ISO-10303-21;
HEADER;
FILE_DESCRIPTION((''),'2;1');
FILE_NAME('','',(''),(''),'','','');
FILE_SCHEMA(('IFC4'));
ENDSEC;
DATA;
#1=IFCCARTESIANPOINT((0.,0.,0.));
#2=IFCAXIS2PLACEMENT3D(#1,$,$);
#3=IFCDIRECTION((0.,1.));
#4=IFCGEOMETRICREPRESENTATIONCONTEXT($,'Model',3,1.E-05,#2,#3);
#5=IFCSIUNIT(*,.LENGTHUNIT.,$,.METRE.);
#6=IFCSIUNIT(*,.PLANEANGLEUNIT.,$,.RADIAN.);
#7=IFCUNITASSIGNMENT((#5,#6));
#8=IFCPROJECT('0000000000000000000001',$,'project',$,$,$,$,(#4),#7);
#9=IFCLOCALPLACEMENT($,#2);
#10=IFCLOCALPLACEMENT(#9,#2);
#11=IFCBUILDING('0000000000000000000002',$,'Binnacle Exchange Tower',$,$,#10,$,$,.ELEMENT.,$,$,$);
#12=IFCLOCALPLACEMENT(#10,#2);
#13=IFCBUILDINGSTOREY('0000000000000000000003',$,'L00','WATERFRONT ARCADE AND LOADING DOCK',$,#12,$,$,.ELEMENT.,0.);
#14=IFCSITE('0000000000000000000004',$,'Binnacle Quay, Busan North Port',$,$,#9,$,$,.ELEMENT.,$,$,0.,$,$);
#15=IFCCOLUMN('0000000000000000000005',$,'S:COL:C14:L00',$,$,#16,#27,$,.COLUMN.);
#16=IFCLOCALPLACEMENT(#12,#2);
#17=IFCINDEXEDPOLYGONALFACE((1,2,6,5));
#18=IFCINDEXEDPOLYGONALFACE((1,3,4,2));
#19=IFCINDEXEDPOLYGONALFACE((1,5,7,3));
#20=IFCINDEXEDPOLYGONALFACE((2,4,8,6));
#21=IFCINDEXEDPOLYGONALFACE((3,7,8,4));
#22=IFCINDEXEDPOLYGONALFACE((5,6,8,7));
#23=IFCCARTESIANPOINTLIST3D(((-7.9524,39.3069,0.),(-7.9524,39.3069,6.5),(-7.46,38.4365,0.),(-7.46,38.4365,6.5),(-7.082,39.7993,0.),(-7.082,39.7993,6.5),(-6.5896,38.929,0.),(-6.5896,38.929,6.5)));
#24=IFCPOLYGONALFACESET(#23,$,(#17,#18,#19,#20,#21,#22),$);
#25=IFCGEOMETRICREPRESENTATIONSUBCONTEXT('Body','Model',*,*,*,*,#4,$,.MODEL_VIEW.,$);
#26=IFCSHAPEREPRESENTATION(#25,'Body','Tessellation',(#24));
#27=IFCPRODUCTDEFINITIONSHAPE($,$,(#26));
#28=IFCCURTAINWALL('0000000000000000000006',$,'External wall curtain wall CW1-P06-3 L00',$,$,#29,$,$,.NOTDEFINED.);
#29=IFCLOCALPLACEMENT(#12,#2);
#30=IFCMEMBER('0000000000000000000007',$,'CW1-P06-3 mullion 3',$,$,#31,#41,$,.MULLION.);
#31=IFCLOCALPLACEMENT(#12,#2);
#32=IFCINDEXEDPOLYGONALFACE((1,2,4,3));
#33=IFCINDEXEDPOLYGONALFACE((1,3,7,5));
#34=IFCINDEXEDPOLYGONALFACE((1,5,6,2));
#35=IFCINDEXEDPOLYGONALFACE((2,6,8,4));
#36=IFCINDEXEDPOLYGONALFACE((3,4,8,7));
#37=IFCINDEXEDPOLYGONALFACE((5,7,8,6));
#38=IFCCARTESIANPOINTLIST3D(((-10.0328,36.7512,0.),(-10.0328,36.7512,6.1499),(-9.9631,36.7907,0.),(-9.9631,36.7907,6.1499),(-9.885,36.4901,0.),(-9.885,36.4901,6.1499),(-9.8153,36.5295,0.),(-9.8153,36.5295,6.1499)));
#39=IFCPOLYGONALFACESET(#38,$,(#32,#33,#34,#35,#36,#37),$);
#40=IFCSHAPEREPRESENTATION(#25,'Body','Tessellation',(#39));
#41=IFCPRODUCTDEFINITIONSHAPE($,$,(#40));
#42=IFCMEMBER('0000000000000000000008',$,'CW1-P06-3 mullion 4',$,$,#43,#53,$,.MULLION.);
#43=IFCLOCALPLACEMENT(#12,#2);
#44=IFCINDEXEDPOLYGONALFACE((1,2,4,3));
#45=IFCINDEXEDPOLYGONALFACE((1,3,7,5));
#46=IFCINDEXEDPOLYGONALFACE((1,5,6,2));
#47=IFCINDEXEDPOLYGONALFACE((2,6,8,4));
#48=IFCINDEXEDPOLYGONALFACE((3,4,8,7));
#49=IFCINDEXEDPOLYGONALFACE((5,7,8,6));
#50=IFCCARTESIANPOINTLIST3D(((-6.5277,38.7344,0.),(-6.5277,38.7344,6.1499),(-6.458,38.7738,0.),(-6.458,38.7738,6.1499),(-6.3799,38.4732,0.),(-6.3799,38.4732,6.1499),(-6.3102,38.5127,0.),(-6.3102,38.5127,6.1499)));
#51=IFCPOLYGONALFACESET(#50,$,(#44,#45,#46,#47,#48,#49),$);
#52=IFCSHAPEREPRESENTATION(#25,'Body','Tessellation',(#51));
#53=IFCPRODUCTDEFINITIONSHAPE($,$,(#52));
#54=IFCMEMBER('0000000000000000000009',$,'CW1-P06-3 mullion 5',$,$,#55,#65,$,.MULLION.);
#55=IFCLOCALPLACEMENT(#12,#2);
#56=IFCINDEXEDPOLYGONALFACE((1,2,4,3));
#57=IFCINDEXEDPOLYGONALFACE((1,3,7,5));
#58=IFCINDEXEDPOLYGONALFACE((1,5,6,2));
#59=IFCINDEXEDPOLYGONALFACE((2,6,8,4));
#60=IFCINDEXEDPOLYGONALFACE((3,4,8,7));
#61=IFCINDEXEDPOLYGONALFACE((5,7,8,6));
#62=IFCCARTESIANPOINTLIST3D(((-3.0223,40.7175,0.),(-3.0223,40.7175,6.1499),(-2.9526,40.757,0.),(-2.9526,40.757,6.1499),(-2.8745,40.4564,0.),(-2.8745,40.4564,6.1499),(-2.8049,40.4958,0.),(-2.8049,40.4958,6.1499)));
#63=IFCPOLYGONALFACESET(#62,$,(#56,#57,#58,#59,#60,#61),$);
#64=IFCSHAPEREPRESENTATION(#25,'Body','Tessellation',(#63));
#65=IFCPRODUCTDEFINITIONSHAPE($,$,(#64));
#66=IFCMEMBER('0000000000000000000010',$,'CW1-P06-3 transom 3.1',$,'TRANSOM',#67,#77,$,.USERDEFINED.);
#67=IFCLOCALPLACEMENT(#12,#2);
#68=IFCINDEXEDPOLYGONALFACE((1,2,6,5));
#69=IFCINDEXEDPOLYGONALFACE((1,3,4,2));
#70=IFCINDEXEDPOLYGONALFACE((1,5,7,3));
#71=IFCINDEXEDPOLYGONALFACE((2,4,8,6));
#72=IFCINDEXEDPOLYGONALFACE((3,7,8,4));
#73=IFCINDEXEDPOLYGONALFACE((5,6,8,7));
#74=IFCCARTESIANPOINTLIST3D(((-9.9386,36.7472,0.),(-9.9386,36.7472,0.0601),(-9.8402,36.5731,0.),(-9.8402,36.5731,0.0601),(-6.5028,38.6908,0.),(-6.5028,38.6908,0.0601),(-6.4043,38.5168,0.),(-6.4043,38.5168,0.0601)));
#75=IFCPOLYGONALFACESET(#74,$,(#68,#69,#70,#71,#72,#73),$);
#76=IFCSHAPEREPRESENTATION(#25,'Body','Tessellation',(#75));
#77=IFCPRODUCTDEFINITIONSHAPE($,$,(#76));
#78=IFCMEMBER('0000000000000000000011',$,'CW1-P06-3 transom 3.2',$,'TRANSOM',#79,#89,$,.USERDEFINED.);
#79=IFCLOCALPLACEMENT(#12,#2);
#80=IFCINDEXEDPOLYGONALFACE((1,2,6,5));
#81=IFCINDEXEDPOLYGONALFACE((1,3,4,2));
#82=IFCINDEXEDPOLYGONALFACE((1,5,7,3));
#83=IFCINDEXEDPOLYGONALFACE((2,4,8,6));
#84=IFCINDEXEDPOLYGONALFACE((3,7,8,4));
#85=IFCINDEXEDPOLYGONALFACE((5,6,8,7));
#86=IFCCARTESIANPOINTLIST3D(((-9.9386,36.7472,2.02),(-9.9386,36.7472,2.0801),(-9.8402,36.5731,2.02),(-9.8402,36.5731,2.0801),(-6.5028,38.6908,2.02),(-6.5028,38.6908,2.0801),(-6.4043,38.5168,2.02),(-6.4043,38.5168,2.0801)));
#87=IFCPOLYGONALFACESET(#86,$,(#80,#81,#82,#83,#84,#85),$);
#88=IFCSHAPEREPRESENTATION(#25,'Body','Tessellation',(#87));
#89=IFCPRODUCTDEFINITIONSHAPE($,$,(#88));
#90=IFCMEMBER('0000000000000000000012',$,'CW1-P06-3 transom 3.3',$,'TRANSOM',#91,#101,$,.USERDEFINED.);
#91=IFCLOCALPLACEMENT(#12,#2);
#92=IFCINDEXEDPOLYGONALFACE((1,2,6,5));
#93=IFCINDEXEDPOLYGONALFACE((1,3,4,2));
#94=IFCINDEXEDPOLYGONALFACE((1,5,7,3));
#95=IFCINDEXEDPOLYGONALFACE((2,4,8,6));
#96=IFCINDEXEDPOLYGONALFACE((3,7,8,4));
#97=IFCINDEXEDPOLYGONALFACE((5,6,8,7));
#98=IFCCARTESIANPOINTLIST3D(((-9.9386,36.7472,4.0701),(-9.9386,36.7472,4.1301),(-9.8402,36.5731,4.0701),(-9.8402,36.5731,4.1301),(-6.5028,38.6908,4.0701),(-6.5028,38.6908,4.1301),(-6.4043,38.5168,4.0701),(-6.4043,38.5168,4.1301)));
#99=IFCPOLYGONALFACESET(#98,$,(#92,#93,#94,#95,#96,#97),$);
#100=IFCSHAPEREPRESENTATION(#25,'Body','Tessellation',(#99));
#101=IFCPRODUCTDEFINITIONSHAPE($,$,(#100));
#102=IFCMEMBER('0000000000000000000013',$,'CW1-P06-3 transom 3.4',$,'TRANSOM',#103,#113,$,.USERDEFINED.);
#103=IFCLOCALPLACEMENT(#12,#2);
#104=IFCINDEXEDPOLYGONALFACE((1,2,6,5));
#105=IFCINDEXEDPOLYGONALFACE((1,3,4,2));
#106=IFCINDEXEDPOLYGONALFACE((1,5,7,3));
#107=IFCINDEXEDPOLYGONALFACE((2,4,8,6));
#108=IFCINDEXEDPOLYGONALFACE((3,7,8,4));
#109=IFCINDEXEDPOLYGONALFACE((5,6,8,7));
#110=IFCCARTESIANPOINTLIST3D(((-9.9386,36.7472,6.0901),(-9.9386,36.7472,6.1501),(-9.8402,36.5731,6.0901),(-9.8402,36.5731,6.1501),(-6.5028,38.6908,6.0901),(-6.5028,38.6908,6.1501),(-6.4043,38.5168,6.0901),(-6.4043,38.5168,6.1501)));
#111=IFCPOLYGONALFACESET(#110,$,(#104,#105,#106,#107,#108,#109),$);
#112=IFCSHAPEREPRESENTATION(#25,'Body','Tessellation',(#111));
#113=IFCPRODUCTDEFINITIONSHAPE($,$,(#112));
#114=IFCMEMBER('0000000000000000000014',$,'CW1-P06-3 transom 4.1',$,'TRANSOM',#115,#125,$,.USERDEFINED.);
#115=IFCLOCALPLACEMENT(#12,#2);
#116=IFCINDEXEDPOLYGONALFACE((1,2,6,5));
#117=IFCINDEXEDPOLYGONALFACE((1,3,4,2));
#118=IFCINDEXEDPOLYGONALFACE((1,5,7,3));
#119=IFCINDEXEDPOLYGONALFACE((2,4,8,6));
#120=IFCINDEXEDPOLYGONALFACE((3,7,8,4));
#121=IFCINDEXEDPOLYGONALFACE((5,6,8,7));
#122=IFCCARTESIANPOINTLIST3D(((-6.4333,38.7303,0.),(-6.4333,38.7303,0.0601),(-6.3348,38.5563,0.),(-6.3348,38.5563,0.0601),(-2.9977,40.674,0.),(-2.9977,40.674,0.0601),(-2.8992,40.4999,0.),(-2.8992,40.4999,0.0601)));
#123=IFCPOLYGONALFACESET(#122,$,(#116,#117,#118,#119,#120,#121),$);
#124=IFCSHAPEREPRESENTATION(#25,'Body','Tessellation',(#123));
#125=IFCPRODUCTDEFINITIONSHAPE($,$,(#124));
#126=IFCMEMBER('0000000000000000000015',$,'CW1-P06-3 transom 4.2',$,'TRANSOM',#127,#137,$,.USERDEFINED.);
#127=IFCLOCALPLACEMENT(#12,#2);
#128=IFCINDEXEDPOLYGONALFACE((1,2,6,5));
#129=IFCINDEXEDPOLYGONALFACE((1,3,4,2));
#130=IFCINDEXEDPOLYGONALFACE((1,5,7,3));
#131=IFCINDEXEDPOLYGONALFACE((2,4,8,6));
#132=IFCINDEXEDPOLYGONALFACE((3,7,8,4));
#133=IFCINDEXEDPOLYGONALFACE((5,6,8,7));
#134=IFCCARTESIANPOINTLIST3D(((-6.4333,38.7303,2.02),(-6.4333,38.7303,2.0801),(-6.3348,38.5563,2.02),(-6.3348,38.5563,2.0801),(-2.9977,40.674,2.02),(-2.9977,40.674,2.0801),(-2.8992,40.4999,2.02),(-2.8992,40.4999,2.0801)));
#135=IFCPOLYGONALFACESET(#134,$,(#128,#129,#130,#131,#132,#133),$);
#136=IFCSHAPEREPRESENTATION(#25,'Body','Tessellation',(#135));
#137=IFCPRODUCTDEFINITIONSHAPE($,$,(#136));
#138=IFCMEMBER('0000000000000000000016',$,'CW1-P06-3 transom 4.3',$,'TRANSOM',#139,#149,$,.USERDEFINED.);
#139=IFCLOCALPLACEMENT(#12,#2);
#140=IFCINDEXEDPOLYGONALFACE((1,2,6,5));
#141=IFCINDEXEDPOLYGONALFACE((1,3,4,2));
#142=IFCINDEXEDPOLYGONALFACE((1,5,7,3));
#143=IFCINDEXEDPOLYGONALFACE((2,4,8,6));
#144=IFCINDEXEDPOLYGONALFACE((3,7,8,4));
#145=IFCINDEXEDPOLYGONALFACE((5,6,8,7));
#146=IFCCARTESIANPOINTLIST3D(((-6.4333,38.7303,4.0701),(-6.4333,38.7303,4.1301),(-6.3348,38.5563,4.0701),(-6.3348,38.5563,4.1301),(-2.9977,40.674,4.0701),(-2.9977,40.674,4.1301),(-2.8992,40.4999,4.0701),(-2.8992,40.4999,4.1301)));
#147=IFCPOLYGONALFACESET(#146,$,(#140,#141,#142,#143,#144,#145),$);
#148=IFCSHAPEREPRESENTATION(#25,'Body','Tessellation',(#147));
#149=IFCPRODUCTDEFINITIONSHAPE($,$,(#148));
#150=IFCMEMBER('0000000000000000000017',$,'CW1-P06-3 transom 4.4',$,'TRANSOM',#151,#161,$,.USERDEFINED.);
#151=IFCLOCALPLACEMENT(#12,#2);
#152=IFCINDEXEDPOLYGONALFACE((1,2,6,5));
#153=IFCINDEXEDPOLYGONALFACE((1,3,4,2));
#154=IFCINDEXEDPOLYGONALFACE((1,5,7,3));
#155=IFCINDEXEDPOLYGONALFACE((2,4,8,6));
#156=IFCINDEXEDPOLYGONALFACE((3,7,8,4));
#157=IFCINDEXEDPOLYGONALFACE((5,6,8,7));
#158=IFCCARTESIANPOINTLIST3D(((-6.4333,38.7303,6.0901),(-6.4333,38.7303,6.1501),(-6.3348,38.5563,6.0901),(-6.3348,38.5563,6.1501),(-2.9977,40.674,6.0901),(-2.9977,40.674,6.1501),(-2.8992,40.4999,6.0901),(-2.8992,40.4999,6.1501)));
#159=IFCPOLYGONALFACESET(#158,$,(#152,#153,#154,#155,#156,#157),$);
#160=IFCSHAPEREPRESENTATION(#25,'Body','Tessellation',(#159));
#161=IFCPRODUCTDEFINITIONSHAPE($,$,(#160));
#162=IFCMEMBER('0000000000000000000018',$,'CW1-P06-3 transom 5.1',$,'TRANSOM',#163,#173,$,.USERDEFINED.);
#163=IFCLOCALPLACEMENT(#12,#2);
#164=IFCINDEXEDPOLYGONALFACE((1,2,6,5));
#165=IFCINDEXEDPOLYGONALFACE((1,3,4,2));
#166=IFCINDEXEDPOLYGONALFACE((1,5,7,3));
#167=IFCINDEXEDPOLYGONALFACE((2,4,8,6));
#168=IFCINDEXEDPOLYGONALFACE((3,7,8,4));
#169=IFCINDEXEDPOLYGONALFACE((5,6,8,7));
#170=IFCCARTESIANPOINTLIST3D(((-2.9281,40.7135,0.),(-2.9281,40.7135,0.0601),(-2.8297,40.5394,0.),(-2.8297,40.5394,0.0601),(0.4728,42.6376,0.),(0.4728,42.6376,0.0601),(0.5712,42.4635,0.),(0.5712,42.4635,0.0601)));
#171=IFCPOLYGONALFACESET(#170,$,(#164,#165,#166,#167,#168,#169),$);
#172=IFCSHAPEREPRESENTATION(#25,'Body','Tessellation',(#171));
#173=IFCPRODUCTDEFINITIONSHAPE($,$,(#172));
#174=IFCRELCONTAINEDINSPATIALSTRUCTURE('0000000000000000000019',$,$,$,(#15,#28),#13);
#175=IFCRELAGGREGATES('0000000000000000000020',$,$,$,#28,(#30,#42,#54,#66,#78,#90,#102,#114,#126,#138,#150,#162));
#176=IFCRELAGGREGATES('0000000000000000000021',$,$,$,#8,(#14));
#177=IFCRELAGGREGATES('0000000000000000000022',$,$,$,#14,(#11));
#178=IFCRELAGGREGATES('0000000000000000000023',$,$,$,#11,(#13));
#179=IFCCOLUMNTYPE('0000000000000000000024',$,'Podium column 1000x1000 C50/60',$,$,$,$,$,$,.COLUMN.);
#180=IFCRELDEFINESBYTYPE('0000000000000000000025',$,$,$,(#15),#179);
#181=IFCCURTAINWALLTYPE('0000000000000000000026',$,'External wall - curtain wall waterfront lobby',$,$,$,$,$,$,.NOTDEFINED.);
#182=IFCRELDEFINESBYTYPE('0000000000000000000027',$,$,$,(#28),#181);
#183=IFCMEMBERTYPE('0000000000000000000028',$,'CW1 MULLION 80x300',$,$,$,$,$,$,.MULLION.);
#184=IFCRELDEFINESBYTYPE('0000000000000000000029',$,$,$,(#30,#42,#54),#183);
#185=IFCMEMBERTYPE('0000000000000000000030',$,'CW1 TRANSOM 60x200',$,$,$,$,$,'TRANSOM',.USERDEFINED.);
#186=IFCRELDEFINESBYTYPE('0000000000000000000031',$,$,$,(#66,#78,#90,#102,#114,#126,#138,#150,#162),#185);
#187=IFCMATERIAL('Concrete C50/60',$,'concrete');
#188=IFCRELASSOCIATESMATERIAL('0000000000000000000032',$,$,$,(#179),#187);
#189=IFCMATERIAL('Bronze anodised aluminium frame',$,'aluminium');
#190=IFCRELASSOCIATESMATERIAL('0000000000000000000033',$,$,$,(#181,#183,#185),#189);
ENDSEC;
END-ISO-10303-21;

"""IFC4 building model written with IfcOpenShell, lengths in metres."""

from ifc_helpers import new_model, si_unit, direction, frame, origin, origin_2d, place, context, subcontext, project, spatial, rectangle, extrude, material, material_profile, profile_set, type_object, element, aggregate, save


model = new_model("IFC4")

# Units and contexts
model_context = context("Model", 3, precision=1e-05, world=origin(), true_north=direction((0.0, 1.0)))
body_context = subcontext(model_context, "Body", "Model", "MODEL_VIEW")
ifc_project = project(units=[si_unit("LENGTHUNIT", "METRE"), si_unit("PLANEANGLEUNIT", "RADIAN")], contexts=[model_context])

# Site, building, storey
site_placement = place(None, origin())
site = spatial("IfcSite", under=ifc_project, at=site_placement, Name="Binnacle Quay, Busan North Port", CompositionType="ELEMENT", RefElevation=0.0)
building_placement = place(site_placement, origin())
building = spatial("IfcBuilding", under=site, at=building_placement, Name="Binnacle Exchange Tower", CompositionType="ELEMENT")
storey_placement = place(building_placement, origin())
storey = spatial("IfcBuildingStorey", under=building, at=storey_placement, Name="L00", Description="WATERFRONT ARCADE AND LOADING DOCK", CompositionType="ELEMENT", Elevation=0.0)

# Column
ifc_material_1 = material(Name="Concrete C50/60", Category="concrete")
ifc_material_profile_1 = material_profile(ifc_material_1, rectangle(XDim=1.0, YDim=1.0, at=origin_2d()), Name="Podium column 1000x1000 C50/60")
ifc_profile_set_1 = profile_set([ifc_material_profile_1], Name="Concrete C50/60")
column_type = type_object("IfcColumnType", Name="Podium column 1000x1000 C50/60", PredefinedType="COLUMN", material=ifc_profile_set_1)
column_placement = place(storey_placement, frame((-7.271, 39.1179, 0.0), z_axis=(0.0, 0.0, 1.0), x_axis=(0.870356, 0.492424, 0.0)))
element("IfcColumn", 1, at=column_placement, inside=storey, type_object=column_type, Name="S:COL:C14:L00", PredefinedType="COLUMN", context=body_context, shape_type="SweptSolid", body=[
    extrude(rectangle(XDim=1.0, YDim=1.0, at=origin_2d()), origin(), (0.0, 0.0, 1.0), 6.5),
])

# Curtain wall, members
ifc_material_2 = material(Name="Bronze anodised aluminium frame", Category="aluminium")
curtain_wall_type = type_object("IfcCurtainWallType", Name="External wall - curtain wall waterfront lobby", PredefinedType="NOTDEFINED", material=ifc_material_2)
curtain_wall_placement = place(storey_placement, origin())
curtain_wall = element("IfcCurtainWall", 2, at=curtain_wall_placement, inside=storey, type_object=curtain_wall_type, Name="External wall curtain wall CW1-P06-3 L00", PredefinedType="NOTDEFINED")
ifc_material_profile_2 = material_profile(ifc_material_2, rectangle(XDim=0.3, YDim=0.0801, at=origin_2d()), Name="AL 80x300")
ifc_profile_set_2 = profile_set([ifc_material_profile_2], Name="Bronze anodised aluminium frame")
member_type_1 = type_object("IfcMemberType", Name="CW1 MULLION 80x300", PredefinedType="MULLION", material=ifc_profile_set_2)
member_1_placement = place(storey_placement, frame((-9.9241, 36.6404, 0.0), z_axis=(0.0, 0.0, 1.0), x_axis=(-0.492424, 0.870356, 0.0)))
member_1 = element("IfcMember", 3, at=member_1_placement, type_object=member_type_1, Name="CW1-P06-3 mullion 3", PredefinedType="MULLION", context=body_context, shape_type="SweptSolid", body=[
    extrude(rectangle(XDim=0.3, YDim=0.0801, at=origin_2d()), origin(), (0.0, 0.0, 1.0), 6.1499),
])
member_2_placement = place(storey_placement, frame((-6.4189, 38.6235, 0.0), z_axis=(0.0, 0.0, 1.0), x_axis=(-0.492424, 0.870356, 0.0)))
member_2 = element("IfcMember", 4, at=member_2_placement, type_object=member_type_1, Name="CW1-P06-3 mullion 4", PredefinedType="MULLION", context=body_context, shape_type="SweptSolid", body=[
    extrude(rectangle(XDim=0.3, YDim=0.0801, at=origin_2d()), origin(), (0.0, 0.0, 1.0), 6.1499),
])
member_3_placement = place(storey_placement, frame((-2.9136, 40.6067, 0.0), z_axis=(0.0, 0.0, 1.0), x_axis=(-0.492424, 0.870356, 0.0)))
member_3 = element("IfcMember", 5, at=member_3_placement, type_object=member_type_1, Name="CW1-P06-3 mullion 5", PredefinedType="MULLION", context=body_context, shape_type="SweptSolid", body=[
    extrude(rectangle(XDim=0.3, YDim=0.0801, at=origin_2d()), origin(), (0.0, 0.0, 1.0), 6.1499),
])
ifc_material_profile_3 = material_profile(ifc_material_2, rectangle(XDim=0.2, YDim=0.0601, at=origin_2d()), Name="AL 200x60")
ifc_profile_set_3 = profile_set([ifc_material_profile_3], Name="Bronze anodised aluminium frame")
member_type_2 = type_object("IfcMemberType", Name="CW1 TRANSOM 60x200", ElementType="TRANSOM", PredefinedType="USERDEFINED", material=ifc_profile_set_3)
member_4_placement = place(storey_placement, frame((-9.8894, 36.6602, 0.03), z_axis=(0.870385, 0.492371, 0.0), x_axis=(-0.492371, 0.870385, 0.0)))
member_4 = element("IfcMember", 6, at=member_4_placement, type_object=member_type_2, Name="CW1-P06-3 transom 3.1", ObjectType="TRANSOM", PredefinedType="USERDEFINED", context=body_context, shape_type="SweptSolid", body=[
    extrude(rectangle(XDim=0.2, YDim=0.0601, at=origin_2d()), origin(), (0.0, 0.0, 1.0), 3.9475),
])
member_5_placement = place(storey_placement, frame((-9.8894, 36.6602, 2.05), z_axis=(0.870385, 0.492371, 0.0), x_axis=(-0.492371, 0.870385, 0.0)))
member_5 = element("IfcMember", 7, at=member_5_placement, type_object=member_type_2, Name="CW1-P06-3 transom 3.2", ObjectType="TRANSOM", PredefinedType="USERDEFINED", context=body_context, shape_type="SweptSolid", body=[
    extrude(rectangle(XDim=0.2, YDim=0.0601, at=origin_2d()), origin(), (0.0, 0.0, 1.0), 3.9475),
])
member_6_placement = place(storey_placement, frame((-9.8894, 36.6602, 4.1001), z_axis=(0.870385, 0.492371, 0.0), x_axis=(-0.492371, 0.870385, 0.0)))
member_6 = element("IfcMember", 8, at=member_6_placement, type_object=member_type_2, Name="CW1-P06-3 transom 3.3", ObjectType="TRANSOM", PredefinedType="USERDEFINED", context=body_context, shape_type="SweptSolid", body=[
    extrude(rectangle(XDim=0.2, YDim=0.0601, at=origin_2d()), origin(), (0.0, 0.0, 1.0), 3.9475),
])
member_7_placement = place(storey_placement, frame((-9.8894, 36.6602, 6.1201), z_axis=(0.870385, 0.492371, 0.0), x_axis=(-0.492371, 0.870385, 0.0)))
member_7 = element("IfcMember", 9, at=member_7_placement, type_object=member_type_2, Name="CW1-P06-3 transom 3.4", ObjectType="TRANSOM", PredefinedType="USERDEFINED", context=body_context, shape_type="SweptSolid", body=[
    extrude(rectangle(XDim=0.2, YDim=0.0601, at=origin_2d()), origin(), (0.0, 0.0, 1.0), 3.9475),
])
member_8_placement = place(storey_placement, frame((-6.384, 38.6433, 0.03), z_axis=(0.87037, 0.492398, 0.0), x_axis=(-0.492398, 0.87037, 0.0)))
member_8 = element("IfcMember", 10, at=member_8_placement, type_object=member_type_2, Name="CW1-P06-3 transom 4.1", ObjectType="TRANSOM", PredefinedType="USERDEFINED", context=body_context, shape_type="SweptSolid", body=[
    extrude(rectangle(XDim=0.2, YDim=0.0601, at=origin_2d()), origin(), (0.0, 0.0, 1.0), 3.9473),
])
member_9_placement = place(storey_placement, frame((-6.384, 38.6433, 2.05), z_axis=(0.87037, 0.492398, 0.0), x_axis=(-0.492398, 0.87037, 0.0)))
member_9 = element("IfcMember", 11, at=member_9_placement, type_object=member_type_2, Name="CW1-P06-3 transom 4.2", ObjectType="TRANSOM", PredefinedType="USERDEFINED", context=body_context, shape_type="SweptSolid", body=[
    extrude(rectangle(XDim=0.2, YDim=0.0601, at=origin_2d()), origin(), (0.0, 0.0, 1.0), 3.9473),
])
member_10_placement = place(storey_placement, frame((-6.384, 38.6433, 4.1001), z_axis=(0.87037, 0.492398, 0.0), x_axis=(-0.492398, 0.87037, 0.0)))
member_10 = element("IfcMember", 12, at=member_10_placement, type_object=member_type_2, Name="CW1-P06-3 transom 4.3", ObjectType="TRANSOM", PredefinedType="USERDEFINED", context=body_context, shape_type="SweptSolid", body=[
    extrude(rectangle(XDim=0.2, YDim=0.0601, at=origin_2d()), origin(), (0.0, 0.0, 1.0), 3.9473),
])
member_11_placement = place(storey_placement, frame((-6.384, 38.6433, 6.1201), z_axis=(0.87037, 0.492398, 0.0), x_axis=(-0.492398, 0.87037, 0.0)))
member_11 = element("IfcMember", 13, at=member_11_placement, type_object=member_type_2, Name="CW1-P06-3 transom 4.4", ObjectType="TRANSOM", PredefinedType="USERDEFINED", context=body_context, shape_type="SweptSolid", body=[
    extrude(rectangle(XDim=0.2, YDim=0.0601, at=origin_2d()), origin(), (0.0, 0.0, 1.0), 3.9473),
])
member_12_placement = place(storey_placement, frame((-2.8789, 40.6265, 0.03), z_axis=(0.870361, 0.492413, 0.0), x_axis=(-0.492413, 0.870361, 0.0)))
member_12 = element("IfcMember", 14, at=member_12_placement, type_object=member_type_2, Name="CW1-P06-3 transom 5.1", ObjectType="TRANSOM", PredefinedType="USERDEFINED", context=body_context, shape_type="SweptSolid", body=[
    extrude(rectangle(XDim=0.2, YDim=0.0601, at=origin_2d()), origin(), (0.0, 0.0, 1.0), 3.9075),
])

aggregate(curtain_wall, [member_1, member_2, member_3, member_4, member_5, member_6, member_7, member_8, member_9, member_10, member_11, member_12])

save(model, "model.ifc")
